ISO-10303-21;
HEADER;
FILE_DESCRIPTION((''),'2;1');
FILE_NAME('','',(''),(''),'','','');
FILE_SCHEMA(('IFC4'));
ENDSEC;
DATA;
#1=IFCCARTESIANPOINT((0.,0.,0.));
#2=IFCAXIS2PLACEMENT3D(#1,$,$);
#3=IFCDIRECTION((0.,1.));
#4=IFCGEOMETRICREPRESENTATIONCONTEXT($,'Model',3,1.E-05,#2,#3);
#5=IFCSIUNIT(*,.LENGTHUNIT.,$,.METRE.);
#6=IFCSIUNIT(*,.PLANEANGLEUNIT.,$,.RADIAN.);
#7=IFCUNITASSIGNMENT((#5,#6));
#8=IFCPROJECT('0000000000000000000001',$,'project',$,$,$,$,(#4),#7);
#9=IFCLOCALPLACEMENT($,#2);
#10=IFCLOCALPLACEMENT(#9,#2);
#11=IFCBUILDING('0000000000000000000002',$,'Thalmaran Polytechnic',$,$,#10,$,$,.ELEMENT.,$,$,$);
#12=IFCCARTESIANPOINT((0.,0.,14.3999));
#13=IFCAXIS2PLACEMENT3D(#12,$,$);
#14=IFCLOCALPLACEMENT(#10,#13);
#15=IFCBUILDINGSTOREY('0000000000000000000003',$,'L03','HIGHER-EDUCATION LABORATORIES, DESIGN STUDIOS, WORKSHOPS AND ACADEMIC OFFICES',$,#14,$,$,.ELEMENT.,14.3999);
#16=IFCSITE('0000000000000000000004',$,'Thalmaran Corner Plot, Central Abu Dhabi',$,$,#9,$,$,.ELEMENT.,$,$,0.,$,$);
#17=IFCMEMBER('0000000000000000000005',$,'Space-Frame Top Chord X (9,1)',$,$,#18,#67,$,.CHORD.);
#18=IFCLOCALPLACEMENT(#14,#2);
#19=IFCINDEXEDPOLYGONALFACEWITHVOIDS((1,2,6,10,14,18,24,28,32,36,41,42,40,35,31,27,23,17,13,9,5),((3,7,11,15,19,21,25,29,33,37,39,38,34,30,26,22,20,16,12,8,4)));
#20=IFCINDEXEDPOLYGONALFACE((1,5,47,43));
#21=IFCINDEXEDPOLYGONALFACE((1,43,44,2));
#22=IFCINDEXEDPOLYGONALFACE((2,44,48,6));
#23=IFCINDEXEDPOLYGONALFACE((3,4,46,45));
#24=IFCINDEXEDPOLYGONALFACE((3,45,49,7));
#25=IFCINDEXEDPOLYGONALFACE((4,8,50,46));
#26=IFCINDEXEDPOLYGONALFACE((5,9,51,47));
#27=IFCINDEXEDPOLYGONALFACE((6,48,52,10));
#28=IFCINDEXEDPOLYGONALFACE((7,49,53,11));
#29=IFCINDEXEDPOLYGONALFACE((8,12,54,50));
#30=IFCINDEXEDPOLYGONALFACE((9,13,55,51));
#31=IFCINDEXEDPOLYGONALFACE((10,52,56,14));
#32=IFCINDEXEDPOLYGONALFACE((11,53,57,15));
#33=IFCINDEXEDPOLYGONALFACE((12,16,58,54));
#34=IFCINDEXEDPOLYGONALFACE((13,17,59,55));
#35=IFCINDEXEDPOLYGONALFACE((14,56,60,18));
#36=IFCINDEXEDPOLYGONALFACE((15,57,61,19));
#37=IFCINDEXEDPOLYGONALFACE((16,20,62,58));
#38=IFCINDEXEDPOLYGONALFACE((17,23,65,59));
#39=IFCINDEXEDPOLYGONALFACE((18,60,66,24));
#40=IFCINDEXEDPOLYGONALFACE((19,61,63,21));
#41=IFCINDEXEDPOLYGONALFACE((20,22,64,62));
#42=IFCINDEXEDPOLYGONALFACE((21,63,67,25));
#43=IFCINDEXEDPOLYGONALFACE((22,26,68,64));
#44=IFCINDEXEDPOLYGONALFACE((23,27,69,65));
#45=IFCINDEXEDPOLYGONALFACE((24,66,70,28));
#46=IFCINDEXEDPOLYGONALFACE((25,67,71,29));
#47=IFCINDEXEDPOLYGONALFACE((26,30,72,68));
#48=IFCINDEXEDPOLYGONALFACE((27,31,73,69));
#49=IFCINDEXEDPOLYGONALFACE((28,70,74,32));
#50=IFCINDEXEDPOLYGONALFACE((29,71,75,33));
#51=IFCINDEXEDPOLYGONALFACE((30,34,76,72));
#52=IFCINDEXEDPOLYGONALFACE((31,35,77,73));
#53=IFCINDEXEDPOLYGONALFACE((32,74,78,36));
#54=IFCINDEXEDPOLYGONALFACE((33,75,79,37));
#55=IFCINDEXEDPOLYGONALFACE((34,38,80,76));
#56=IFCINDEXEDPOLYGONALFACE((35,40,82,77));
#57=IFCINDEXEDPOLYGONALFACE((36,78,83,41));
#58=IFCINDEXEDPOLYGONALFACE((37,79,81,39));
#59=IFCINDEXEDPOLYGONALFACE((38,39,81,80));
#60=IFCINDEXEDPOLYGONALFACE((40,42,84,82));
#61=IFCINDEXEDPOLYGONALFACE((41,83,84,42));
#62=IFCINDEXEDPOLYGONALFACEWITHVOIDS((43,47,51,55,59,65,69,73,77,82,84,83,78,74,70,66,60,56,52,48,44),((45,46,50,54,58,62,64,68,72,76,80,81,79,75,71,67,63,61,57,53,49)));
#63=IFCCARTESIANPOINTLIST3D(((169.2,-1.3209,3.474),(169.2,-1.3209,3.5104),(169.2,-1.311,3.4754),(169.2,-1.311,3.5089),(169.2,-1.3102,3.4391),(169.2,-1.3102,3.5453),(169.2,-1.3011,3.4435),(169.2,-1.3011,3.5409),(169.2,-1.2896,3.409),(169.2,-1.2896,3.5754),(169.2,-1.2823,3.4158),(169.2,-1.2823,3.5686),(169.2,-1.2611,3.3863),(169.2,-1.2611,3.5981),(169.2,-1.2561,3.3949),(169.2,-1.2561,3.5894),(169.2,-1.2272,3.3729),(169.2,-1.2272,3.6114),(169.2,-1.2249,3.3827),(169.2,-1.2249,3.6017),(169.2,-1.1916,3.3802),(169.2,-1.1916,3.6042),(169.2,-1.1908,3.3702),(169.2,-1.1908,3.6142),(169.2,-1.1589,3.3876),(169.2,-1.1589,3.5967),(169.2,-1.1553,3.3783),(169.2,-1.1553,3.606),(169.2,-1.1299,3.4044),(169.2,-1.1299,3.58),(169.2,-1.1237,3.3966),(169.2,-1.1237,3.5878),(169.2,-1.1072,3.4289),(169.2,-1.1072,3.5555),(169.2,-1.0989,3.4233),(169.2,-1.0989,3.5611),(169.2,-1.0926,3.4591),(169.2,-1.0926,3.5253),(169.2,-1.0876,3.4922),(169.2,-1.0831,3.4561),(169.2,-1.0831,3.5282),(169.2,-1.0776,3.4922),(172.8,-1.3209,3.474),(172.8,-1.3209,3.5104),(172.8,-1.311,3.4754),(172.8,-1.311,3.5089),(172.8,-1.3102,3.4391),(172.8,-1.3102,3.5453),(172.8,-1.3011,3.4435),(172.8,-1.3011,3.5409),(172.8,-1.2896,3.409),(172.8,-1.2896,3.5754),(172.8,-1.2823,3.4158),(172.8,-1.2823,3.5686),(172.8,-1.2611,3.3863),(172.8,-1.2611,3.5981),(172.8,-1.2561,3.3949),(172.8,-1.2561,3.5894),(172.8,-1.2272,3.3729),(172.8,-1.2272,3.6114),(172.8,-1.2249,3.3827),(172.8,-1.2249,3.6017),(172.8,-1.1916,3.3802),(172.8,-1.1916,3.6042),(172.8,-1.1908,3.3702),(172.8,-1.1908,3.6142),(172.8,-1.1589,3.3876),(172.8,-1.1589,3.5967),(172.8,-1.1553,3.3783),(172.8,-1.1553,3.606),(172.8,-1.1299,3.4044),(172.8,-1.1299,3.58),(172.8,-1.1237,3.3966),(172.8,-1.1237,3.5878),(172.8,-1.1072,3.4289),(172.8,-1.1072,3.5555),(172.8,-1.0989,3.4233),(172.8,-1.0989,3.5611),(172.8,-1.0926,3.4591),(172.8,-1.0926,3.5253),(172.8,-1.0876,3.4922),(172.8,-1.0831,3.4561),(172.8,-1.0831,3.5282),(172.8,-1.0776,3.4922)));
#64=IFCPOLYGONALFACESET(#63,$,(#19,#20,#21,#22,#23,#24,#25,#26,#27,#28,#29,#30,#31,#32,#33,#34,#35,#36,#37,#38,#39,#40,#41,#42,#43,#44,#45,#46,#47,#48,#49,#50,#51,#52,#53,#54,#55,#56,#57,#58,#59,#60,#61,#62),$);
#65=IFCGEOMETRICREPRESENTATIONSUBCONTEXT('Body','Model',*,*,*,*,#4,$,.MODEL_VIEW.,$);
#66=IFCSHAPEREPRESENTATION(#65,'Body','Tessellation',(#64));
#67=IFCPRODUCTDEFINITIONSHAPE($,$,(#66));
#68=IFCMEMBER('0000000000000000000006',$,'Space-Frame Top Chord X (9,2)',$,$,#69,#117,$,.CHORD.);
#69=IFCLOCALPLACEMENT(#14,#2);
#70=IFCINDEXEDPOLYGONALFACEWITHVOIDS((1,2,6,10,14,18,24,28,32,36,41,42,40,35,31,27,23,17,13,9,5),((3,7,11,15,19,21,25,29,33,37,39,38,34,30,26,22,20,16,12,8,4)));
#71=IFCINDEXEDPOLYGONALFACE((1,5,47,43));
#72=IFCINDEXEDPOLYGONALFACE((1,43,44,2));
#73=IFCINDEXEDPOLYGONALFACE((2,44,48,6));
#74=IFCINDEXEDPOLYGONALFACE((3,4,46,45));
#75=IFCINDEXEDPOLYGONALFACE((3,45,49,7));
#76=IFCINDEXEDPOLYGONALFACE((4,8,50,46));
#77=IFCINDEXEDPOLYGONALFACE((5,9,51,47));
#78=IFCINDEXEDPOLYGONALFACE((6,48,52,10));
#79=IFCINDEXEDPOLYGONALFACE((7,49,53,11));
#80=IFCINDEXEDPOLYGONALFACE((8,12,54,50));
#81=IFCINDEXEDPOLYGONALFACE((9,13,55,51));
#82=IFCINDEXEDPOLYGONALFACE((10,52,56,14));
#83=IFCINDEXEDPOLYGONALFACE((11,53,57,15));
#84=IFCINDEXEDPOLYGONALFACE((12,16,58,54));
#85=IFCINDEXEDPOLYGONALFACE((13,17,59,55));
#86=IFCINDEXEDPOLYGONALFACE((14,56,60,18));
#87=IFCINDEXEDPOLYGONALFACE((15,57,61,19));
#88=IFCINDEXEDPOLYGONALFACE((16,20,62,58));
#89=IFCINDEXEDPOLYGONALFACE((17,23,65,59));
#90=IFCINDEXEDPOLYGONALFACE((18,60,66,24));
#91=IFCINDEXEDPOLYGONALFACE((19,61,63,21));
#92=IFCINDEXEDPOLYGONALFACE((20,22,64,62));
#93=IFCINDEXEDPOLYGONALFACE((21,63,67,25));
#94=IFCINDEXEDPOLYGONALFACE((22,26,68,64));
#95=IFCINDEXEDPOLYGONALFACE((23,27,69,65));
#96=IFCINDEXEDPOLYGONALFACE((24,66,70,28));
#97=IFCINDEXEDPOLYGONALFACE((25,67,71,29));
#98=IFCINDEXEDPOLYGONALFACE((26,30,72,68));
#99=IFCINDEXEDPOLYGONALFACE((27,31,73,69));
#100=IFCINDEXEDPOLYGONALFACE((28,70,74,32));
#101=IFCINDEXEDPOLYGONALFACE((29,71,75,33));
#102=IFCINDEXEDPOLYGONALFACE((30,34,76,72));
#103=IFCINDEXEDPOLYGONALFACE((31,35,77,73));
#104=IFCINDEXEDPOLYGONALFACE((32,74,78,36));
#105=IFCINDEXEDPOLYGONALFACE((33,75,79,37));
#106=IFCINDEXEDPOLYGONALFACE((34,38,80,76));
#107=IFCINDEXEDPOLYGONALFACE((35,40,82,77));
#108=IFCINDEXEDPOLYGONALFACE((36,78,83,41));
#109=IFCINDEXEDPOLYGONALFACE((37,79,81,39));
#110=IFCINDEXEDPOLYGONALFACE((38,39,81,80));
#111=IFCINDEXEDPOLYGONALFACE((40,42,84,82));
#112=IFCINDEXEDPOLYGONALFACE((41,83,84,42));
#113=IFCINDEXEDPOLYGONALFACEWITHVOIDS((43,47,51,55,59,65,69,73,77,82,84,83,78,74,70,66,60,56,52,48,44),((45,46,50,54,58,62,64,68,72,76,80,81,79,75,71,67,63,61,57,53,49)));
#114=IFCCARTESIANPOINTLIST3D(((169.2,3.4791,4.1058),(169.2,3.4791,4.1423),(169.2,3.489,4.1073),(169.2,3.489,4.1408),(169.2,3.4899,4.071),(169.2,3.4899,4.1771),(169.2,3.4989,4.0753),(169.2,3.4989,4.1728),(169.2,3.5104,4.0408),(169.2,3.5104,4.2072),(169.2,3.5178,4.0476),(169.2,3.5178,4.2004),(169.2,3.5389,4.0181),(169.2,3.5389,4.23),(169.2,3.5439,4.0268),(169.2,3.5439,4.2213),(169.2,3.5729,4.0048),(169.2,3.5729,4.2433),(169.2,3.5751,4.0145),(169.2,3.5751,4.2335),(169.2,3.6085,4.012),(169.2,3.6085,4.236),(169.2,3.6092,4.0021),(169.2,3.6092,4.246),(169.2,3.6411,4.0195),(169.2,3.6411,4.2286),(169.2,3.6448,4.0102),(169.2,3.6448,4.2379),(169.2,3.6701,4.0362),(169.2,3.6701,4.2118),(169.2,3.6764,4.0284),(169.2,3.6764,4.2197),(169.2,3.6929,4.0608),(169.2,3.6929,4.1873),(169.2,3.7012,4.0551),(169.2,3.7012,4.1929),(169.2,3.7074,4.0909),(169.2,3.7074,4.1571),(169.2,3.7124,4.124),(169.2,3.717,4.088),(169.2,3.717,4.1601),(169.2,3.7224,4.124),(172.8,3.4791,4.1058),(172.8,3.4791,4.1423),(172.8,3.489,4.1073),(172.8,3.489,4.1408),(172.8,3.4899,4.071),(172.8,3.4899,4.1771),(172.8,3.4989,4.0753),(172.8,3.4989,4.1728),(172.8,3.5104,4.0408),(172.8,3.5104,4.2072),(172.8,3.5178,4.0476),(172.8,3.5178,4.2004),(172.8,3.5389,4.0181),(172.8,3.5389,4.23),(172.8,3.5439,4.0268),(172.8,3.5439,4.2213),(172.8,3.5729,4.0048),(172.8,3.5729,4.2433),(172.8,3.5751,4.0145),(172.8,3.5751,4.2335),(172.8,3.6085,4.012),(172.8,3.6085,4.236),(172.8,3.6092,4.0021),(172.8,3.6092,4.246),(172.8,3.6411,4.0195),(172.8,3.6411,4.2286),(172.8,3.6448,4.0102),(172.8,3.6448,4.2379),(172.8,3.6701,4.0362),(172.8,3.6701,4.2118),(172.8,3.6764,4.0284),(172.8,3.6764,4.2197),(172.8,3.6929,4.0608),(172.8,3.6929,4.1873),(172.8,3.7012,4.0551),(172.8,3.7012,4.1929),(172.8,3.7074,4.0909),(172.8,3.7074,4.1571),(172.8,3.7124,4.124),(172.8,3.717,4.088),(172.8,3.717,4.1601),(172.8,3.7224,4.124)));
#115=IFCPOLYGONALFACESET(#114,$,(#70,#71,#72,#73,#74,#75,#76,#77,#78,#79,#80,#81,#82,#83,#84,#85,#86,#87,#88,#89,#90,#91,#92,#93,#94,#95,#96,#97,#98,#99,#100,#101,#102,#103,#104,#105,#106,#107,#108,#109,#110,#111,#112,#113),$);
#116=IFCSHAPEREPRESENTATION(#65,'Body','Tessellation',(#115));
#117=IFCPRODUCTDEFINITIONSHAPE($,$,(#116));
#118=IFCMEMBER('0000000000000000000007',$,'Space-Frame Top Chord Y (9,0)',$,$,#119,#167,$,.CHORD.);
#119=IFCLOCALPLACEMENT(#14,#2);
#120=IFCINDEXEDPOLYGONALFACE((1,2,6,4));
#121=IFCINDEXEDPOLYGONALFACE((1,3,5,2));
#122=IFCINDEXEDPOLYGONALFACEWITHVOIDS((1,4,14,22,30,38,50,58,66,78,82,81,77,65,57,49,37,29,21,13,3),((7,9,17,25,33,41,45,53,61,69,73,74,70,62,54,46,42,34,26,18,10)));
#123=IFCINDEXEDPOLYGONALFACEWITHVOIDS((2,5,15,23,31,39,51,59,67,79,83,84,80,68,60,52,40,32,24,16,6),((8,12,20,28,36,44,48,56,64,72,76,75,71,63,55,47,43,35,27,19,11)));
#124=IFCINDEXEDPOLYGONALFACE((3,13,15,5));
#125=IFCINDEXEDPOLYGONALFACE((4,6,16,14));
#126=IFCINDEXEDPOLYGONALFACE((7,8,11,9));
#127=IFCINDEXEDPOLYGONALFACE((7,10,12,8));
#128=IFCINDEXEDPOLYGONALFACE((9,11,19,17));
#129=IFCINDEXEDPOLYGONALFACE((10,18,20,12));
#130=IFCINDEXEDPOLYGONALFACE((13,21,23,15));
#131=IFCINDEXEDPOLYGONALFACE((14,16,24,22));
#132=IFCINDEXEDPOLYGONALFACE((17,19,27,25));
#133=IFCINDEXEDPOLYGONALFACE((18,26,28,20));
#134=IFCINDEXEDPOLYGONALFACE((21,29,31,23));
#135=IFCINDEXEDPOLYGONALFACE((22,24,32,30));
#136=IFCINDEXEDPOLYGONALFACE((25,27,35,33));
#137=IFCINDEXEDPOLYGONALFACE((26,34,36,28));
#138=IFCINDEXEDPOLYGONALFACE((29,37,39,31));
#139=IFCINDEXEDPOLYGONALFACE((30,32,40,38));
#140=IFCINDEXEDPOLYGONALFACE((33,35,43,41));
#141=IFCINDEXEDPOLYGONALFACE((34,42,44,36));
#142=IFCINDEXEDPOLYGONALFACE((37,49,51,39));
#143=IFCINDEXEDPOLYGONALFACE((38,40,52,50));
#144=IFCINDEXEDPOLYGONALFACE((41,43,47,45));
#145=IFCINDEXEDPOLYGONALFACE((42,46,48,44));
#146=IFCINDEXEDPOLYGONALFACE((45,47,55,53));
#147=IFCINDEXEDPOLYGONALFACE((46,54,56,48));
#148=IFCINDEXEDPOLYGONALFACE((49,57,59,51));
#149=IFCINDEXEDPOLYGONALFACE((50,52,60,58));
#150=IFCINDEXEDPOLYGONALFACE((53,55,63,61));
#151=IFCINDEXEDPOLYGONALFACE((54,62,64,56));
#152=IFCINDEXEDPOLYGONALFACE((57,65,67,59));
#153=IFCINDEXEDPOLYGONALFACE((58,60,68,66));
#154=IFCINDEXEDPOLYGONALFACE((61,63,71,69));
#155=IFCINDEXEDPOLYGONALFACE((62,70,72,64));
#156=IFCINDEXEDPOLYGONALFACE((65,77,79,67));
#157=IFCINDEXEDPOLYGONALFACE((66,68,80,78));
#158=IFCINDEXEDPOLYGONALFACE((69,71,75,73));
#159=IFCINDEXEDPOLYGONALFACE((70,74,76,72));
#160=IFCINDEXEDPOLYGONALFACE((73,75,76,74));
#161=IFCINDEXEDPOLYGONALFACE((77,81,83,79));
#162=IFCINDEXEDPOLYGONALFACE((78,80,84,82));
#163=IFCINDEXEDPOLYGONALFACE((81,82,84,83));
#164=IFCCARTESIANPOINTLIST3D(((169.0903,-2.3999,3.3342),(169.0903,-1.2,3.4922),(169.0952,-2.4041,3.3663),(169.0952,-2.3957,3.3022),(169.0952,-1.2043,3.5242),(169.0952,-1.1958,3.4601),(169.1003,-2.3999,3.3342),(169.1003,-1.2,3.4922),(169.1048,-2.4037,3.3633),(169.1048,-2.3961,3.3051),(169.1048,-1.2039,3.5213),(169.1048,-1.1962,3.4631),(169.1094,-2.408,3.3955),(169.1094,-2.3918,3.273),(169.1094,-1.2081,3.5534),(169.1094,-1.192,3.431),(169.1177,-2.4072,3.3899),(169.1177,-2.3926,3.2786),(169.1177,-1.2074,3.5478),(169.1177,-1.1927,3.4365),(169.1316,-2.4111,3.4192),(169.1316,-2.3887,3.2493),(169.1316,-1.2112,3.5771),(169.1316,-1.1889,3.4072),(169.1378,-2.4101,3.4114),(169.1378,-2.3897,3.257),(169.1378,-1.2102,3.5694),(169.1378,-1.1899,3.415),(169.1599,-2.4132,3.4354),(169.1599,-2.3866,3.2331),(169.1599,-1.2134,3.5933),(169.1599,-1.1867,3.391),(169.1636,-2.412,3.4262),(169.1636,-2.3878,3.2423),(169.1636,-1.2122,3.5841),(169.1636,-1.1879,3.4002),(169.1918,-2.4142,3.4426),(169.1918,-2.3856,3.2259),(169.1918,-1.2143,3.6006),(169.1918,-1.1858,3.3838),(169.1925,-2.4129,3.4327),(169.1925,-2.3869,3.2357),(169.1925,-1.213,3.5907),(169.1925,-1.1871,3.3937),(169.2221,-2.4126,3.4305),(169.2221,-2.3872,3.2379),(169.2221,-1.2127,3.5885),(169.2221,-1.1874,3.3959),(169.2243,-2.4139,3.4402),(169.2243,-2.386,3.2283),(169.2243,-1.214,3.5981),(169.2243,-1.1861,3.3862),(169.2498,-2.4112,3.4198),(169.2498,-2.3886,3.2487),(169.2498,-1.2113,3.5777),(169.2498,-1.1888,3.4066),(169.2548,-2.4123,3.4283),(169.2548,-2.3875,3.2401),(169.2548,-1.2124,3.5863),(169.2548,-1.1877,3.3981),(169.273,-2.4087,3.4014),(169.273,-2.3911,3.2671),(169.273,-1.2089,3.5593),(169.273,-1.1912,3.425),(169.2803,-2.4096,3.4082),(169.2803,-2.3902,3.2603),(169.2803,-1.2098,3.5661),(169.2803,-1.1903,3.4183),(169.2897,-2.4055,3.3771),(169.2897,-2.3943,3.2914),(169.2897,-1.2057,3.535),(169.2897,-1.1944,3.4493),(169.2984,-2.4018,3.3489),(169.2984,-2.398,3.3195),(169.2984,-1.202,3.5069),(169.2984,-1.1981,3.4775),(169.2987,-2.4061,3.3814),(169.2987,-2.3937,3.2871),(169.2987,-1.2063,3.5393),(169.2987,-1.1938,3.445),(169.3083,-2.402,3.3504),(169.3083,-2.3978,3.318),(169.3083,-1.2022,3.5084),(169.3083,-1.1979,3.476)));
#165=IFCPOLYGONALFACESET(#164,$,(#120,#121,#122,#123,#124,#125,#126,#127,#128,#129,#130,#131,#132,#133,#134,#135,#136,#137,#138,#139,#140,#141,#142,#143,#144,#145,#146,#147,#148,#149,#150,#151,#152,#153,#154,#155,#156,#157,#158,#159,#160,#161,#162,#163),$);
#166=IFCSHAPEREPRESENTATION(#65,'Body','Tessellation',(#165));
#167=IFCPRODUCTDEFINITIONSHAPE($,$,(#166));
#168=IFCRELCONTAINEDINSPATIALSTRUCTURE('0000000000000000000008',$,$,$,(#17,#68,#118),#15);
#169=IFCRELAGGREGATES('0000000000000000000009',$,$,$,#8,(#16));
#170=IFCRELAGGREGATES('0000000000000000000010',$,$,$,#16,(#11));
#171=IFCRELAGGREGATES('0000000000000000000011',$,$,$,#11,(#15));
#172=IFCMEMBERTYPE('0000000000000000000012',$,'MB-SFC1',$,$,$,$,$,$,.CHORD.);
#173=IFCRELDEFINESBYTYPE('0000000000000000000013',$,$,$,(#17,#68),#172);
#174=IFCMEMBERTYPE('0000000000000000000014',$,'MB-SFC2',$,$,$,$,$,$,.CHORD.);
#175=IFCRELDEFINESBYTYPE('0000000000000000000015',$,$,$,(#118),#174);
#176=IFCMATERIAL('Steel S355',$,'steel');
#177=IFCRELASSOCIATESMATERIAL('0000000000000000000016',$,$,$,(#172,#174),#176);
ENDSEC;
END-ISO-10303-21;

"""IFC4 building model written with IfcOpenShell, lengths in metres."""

from ifc_helpers import new_model, si_unit, direction, frame, origin, origin_2d, place, context, subcontext, project, spatial, hollow_circle, extrude, material, material_profile, profile_set, type_object, element, save


model = new_model("IFC4")

# Units and contexts
model_context = context("Model", 3, precision=1e-05, world=origin(), true_north=direction((0.0, 1.0)))
body_context = subcontext(model_context, "Body", "Model", "MODEL_VIEW")
ifc_project = project(units=[si_unit("LENGTHUNIT", "METRE"), si_unit("PLANEANGLEUNIT", "RADIAN")], contexts=[model_context])

# Site, building, storey
site_placement = place(None, origin())
site = spatial("IfcSite", under=ifc_project, at=site_placement, Name="Thalmaran Corner Plot, Central Abu Dhabi", CompositionType="ELEMENT", RefElevation=0.0)
building_placement = place(site_placement, origin())
building = spatial("IfcBuilding", under=site, at=building_placement, Name="Thalmaran Polytechnic", CompositionType="ELEMENT")
storey_placement = place(building_placement, frame((0.0, 0.0, 14.3999)))
storey = spatial("IfcBuildingStorey", under=building, at=storey_placement, Name="L03", Description="HIGHER-EDUCATION LABORATORIES, DESIGN STUDIOS, WORKSHOPS AND ACADEMIC OFFICES", CompositionType="ELEMENT", Elevation=14.3999)

# Shared definitions
ifc_material_1 = material(Name="Steel S355", Category="steel")

# Members
ifc_material_profile_1 = material_profile(ifc_material_1, hollow_circle(Radius=0.1223, WallThickness=0.01, at=origin_2d()), Name="CHS 244.5x10.0")
ifc_profile_set_1 = profile_set([ifc_material_profile_1], Name="Steel S355")
member_type_1 = type_object("IfcMemberType", Name="MB-SFC1", PredefinedType="CHORD", material=ifc_profile_set_1)
for number, where, z_axis, x_axis, name in (
    (1, (169.2, -1.2, 3.4922), (1.0, 0.0, 0.0), (0.0, 1.0, 0.0), "Space-Frame Top Chord X (9,1)"),
    (2, (169.2, 3.6001, 4.124), (1.0, 0.0, 0.0), (0.0, 1.0, 0.0), "Space-Frame Top Chord X (9,2)"),
):
    element("IfcMember", number, at=place(storey_placement, frame(where, z_axis=z_axis, x_axis=x_axis)), inside=storey, type_object=member_type_1, Name=name, PredefinedType="CHORD", context=body_context, shape_type="SweptSolid", body=[
        extrude(hollow_circle(Radius=0.1223, WallThickness=0.01, at=origin_2d()), origin(), (0.0, 0.0, 1.0), 3.6001),
    ])
ifc_material_profile_2 = material_profile(ifc_material_1, hollow_circle(Radius=0.1096, WallThickness=0.01, at=origin_2d()), Name="CHS 219.1x10.0")
ifc_profile_set_2 = profile_set([ifc_material_profile_2], Name="Steel S355")
member_type_2 = type_object("IfcMemberType", Name="MB-SFC2", PredefinedType="CHORD", material=ifc_profile_set_2)
member_1_placement = place(storey_placement, frame((169.2, -2.3999, 3.3342), z_axis=(0.0, 0.991447, 0.130512), x_axis=(-1.0, 0.0, 0.0)))
element("IfcMember", 3, at=member_1_placement, inside=storey, type_object=member_type_2, Name="Space-Frame Top Chord Y (9,0)", PredefinedType="CHORD", context=body_context, shape_type="SweptSolid", body=[
    extrude(hollow_circle(Radius=0.1096, WallThickness=0.01, at=origin_2d()), origin(), (0.0, 0.0, 1.0), 1.2102),
])

save(model, "model.ifc")
